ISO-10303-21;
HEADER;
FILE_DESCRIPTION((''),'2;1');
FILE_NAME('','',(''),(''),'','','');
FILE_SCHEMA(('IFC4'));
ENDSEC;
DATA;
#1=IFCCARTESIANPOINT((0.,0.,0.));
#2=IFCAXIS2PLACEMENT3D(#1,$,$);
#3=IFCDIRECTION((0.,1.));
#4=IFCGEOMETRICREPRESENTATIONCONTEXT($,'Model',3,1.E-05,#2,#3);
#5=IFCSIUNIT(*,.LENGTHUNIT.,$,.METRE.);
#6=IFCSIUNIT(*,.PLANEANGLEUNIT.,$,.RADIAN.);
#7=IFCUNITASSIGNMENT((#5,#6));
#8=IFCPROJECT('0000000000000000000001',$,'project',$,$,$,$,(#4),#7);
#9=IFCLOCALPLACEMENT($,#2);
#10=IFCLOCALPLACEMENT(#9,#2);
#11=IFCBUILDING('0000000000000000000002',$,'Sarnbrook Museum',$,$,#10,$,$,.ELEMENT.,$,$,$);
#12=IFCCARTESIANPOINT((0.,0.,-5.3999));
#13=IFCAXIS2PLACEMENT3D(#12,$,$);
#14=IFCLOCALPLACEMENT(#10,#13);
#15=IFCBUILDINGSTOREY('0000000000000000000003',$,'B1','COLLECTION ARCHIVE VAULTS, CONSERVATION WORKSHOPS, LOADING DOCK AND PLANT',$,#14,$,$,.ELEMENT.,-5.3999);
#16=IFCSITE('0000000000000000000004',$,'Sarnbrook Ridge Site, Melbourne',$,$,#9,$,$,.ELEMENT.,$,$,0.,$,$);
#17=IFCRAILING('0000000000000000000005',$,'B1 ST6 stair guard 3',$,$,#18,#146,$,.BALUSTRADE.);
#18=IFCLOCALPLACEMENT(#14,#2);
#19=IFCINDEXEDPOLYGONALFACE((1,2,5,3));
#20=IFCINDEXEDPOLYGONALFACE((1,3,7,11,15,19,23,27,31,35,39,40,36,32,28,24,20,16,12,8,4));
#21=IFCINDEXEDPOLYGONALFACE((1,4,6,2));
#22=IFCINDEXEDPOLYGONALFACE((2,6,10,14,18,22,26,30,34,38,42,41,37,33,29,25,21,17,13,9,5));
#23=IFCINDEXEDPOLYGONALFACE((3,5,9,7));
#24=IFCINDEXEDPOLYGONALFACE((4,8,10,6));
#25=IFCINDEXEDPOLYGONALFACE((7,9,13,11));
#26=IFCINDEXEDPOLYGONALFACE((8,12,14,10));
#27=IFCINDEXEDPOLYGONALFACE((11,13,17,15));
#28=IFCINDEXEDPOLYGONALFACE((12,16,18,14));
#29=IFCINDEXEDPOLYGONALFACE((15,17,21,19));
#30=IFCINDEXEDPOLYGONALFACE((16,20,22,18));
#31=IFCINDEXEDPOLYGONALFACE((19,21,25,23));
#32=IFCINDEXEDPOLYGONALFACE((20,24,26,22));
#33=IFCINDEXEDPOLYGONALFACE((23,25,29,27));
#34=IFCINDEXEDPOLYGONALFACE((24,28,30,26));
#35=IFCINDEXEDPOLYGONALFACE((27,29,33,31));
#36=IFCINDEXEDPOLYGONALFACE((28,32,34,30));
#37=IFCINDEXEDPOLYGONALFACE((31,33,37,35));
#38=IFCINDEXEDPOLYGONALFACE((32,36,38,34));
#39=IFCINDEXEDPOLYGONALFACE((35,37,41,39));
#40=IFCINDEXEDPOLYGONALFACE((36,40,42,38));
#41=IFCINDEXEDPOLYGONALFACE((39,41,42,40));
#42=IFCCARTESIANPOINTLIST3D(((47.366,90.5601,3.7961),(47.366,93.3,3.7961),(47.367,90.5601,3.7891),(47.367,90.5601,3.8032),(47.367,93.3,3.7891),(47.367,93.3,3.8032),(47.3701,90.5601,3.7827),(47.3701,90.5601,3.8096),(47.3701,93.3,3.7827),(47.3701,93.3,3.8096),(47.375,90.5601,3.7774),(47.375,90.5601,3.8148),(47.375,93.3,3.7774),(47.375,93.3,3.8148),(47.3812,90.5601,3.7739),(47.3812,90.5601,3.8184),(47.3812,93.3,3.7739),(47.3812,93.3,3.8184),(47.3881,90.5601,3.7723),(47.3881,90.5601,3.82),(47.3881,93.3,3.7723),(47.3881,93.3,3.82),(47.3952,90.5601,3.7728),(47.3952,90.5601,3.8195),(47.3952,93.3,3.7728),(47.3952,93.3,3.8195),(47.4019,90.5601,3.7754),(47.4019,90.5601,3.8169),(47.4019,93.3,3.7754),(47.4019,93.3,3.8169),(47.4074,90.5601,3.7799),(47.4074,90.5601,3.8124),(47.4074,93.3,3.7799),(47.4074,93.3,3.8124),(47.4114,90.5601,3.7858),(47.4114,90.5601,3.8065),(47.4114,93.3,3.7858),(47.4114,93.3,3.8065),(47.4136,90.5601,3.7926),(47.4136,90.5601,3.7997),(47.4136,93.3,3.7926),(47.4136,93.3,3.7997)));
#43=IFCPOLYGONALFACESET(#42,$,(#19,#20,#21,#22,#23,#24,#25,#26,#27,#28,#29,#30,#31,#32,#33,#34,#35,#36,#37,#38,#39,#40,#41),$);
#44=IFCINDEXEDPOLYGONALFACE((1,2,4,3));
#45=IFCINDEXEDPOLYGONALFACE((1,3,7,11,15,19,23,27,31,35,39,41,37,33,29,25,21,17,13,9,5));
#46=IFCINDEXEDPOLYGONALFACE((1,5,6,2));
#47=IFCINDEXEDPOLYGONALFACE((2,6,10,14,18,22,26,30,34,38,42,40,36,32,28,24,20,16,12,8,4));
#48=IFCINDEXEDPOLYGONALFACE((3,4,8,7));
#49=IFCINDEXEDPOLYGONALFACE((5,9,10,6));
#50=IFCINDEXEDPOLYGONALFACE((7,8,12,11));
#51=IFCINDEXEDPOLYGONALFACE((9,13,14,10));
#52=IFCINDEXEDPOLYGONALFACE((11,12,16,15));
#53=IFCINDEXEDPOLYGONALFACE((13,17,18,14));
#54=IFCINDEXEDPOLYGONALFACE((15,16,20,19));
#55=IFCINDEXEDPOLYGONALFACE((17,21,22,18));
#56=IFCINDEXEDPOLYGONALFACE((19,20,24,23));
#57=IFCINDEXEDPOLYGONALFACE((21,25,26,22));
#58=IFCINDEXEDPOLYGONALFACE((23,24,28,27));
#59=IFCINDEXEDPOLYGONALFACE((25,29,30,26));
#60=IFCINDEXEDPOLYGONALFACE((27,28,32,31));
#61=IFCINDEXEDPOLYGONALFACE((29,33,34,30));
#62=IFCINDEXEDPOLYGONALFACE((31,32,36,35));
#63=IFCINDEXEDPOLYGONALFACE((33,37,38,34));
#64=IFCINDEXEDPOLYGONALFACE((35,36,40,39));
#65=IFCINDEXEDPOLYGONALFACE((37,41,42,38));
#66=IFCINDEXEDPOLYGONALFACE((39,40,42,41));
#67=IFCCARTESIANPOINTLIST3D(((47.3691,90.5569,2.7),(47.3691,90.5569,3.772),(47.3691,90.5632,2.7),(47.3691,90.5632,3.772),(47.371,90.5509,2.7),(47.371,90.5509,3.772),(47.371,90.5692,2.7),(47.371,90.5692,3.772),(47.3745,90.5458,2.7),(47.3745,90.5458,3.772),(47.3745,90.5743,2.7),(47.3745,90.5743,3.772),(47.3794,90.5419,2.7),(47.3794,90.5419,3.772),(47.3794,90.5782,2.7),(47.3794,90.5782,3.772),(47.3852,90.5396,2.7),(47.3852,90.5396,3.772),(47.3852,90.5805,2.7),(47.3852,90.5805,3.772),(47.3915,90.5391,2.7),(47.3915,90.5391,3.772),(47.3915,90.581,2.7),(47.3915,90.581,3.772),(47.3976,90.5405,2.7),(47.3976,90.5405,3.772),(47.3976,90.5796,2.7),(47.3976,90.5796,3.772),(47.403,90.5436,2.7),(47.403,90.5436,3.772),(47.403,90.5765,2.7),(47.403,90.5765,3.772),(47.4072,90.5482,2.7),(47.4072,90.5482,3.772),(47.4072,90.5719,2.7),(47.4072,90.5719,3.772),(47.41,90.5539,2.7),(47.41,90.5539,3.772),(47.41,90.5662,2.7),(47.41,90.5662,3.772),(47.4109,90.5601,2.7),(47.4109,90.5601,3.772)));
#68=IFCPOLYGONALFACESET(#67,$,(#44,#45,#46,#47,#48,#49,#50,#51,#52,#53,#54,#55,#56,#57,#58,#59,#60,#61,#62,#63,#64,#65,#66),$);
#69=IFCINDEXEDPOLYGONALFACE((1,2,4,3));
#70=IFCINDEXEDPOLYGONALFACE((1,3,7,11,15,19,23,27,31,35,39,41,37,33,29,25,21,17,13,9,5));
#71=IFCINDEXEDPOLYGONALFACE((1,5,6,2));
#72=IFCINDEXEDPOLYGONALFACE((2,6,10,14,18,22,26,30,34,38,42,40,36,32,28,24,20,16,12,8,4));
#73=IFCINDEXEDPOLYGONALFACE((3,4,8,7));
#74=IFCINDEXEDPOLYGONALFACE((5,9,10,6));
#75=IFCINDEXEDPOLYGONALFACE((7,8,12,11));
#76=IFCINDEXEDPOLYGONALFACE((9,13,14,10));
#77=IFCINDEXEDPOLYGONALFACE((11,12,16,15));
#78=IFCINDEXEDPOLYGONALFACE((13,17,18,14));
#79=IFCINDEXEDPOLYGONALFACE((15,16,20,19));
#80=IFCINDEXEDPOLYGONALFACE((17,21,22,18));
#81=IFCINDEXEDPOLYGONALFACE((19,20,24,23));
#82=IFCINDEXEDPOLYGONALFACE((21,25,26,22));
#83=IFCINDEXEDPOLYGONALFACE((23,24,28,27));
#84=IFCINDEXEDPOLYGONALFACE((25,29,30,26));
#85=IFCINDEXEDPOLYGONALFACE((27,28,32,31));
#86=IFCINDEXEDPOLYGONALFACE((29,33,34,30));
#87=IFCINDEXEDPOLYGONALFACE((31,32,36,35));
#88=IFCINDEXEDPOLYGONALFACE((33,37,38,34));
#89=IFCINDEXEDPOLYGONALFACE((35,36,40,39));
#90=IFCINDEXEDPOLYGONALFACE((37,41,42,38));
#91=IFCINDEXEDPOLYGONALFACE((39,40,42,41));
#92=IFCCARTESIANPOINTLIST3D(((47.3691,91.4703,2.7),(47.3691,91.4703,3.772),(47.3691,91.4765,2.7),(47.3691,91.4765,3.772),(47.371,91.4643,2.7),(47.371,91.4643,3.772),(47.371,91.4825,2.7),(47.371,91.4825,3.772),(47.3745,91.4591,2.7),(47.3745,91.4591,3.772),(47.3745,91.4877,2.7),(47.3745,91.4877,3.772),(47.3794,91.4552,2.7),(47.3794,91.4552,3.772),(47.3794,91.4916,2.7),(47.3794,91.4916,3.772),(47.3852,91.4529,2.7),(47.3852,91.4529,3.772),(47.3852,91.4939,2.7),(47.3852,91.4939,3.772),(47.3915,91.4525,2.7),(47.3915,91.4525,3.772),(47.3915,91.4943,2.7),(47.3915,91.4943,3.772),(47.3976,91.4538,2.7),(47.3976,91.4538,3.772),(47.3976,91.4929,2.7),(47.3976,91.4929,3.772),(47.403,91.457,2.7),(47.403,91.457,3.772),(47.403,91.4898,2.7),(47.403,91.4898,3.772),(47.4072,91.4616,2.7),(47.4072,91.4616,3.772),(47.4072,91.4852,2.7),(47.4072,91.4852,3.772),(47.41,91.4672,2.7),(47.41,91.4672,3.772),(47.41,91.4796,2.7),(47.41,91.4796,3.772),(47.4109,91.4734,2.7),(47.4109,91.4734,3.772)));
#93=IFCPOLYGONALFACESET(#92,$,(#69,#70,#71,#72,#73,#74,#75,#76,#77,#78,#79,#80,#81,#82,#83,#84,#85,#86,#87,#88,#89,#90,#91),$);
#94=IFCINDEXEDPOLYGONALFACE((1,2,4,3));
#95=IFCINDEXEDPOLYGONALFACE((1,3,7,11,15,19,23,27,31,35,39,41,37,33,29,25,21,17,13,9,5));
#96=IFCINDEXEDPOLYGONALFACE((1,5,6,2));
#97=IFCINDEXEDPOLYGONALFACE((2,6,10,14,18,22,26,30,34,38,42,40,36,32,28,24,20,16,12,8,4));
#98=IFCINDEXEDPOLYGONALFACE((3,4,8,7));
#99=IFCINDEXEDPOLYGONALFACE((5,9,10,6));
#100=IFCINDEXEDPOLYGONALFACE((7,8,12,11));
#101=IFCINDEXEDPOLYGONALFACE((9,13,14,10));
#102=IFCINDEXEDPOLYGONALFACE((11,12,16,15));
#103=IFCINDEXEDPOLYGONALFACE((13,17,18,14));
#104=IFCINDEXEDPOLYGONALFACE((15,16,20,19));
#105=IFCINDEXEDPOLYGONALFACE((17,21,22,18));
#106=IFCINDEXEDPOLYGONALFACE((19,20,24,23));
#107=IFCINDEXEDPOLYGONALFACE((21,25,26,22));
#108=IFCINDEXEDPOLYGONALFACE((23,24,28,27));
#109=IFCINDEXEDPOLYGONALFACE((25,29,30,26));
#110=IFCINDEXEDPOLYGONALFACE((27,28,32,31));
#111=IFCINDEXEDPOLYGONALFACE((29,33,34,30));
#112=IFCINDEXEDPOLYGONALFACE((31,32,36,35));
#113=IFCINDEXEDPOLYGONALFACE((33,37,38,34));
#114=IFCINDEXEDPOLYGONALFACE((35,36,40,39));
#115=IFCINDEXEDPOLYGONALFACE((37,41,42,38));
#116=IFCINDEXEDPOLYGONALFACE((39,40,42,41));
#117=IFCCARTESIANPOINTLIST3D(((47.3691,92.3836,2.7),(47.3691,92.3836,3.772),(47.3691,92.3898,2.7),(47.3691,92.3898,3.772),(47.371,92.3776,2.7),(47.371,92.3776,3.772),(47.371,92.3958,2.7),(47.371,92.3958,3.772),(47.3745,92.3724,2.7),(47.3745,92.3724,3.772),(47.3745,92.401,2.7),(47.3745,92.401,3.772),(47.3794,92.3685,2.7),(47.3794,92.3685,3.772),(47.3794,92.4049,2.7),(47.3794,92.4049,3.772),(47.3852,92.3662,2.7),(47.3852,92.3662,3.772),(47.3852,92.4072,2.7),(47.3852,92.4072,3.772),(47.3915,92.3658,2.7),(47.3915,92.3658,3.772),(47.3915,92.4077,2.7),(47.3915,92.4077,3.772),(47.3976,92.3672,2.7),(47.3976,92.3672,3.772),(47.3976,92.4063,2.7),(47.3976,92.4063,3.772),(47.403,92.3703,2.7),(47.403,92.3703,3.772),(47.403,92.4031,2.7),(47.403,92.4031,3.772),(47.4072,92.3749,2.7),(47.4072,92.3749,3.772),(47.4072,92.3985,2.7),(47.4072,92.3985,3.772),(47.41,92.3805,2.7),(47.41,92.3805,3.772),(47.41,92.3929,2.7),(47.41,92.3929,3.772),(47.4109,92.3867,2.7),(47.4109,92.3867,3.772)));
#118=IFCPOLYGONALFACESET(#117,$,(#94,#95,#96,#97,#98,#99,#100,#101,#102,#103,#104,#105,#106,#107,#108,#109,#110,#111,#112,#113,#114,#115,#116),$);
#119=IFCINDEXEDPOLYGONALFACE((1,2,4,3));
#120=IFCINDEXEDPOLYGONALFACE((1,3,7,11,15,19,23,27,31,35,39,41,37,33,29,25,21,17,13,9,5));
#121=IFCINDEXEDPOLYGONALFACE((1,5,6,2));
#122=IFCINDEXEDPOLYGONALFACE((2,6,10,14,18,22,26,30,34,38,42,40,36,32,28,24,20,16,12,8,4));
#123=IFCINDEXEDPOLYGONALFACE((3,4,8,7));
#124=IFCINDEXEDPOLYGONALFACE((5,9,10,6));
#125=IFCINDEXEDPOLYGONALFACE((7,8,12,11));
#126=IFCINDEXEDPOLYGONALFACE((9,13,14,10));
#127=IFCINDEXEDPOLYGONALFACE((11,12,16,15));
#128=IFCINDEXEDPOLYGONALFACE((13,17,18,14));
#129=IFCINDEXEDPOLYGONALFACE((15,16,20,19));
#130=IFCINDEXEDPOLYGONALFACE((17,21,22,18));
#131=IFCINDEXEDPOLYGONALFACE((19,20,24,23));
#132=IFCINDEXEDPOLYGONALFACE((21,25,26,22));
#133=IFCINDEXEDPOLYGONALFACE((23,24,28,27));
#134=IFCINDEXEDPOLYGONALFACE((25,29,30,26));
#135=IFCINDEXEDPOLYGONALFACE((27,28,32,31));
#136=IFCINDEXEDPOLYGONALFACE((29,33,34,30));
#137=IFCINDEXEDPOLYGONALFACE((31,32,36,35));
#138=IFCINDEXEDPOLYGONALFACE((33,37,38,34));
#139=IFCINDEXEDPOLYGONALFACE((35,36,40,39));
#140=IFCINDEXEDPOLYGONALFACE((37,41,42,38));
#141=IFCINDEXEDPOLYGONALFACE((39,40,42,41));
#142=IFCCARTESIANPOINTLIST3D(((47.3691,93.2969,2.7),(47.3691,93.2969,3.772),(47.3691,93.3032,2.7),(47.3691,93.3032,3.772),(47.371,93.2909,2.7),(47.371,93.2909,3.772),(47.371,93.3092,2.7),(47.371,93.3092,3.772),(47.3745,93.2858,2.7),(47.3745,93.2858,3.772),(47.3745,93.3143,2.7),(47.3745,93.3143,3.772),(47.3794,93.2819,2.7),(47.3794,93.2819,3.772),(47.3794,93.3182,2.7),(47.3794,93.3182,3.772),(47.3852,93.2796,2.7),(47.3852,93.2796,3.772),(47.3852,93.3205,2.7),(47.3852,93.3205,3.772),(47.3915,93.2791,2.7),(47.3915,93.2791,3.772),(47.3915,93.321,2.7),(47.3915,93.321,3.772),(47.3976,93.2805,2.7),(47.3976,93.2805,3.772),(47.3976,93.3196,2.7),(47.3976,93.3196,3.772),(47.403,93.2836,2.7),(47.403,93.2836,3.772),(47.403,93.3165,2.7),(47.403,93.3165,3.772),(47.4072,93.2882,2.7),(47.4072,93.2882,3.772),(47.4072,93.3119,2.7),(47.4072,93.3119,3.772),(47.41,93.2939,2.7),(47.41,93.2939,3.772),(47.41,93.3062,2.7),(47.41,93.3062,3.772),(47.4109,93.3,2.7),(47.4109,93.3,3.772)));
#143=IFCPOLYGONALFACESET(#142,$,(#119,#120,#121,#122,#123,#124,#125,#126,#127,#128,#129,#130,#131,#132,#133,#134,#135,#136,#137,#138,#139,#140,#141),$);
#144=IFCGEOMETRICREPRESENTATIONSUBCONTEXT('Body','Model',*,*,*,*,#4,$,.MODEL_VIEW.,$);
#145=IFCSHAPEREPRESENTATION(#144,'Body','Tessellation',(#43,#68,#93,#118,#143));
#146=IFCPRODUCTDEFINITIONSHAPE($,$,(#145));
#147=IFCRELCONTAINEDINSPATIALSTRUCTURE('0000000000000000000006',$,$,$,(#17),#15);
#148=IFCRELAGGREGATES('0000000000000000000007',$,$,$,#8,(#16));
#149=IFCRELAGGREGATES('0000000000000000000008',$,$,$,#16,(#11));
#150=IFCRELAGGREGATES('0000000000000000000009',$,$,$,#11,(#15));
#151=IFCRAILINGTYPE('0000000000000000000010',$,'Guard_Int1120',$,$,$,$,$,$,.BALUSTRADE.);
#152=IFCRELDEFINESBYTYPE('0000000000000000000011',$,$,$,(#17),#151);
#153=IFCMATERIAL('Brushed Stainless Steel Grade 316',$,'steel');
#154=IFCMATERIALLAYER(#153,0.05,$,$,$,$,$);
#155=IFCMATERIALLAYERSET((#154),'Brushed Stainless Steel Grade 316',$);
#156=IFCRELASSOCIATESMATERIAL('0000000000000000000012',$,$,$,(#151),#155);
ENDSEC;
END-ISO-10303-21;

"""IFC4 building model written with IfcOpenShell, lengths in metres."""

from ifc_helpers import new_model, si_unit, direction, frame, origin, origin_2d, place, context, subcontext, project, spatial, circle, extrude, material, layer, layer_set, type_object, element, save


model = new_model("IFC4")

# Units and contexts
model_context = context("Model", 3, precision=1e-05, world=origin(), true_north=direction((0.0, 1.0)))
body_context = subcontext(model_context, "Body", "Model", "MODEL_VIEW")
ifc_project = project(units=[si_unit("LENGTHUNIT", "METRE"), si_unit("PLANEANGLEUNIT", "RADIAN")], contexts=[model_context])

# Site, building, storey
site_placement = place(None, origin())
site = spatial("IfcSite", under=ifc_project, at=site_placement, Name="Sarnbrook Ridge Site, Melbourne", CompositionType="ELEMENT", RefElevation=0.0)
building_placement = place(site_placement, origin())
building = spatial("IfcBuilding", under=site, at=building_placement, Name="Sarnbrook Museum", CompositionType="ELEMENT")
storey_placement = place(building_placement, frame((0.0, 0.0, -5.3999)))
storey = spatial("IfcBuildingStorey", under=building, at=storey_placement, Name="B1", Description="COLLECTION ARCHIVE VAULTS, CONSERVATION WORKSHOPS, LOADING DOCK AND PLANT", CompositionType="ELEMENT", Elevation=-5.3999)

# Railing
ifc_material_1 = material(Name="Brushed Stainless Steel Grade 316", Category="steel")
ifc_layer_1 = layer(ifc_material_1, 0.05)
ifc_layer_set_1 = layer_set([ifc_layer_1], Name="Brushed Stainless Steel Grade 316")
railing_type_1 = type_object("IfcRailingType", Name="Guard_Int1120", PredefinedType="BALUSTRADE", material=ifc_layer_set_1)
for number, where, name in (
    (1, (47.3899, 90.5601, 2.7), "B1 ST6 stair guard 3"),
):
    element("IfcRailing", number, at=place(storey_placement, frame(where)), inside=storey, type_object=railing_type_1, Name=name, PredefinedType="BALUSTRADE", context=body_context, shape_type="SweptSolid", body=[
        extrude(circle(Radius=0.0239, at=origin_2d()), frame((0.0, 0.0, 1.0962), z_axis=(0.0, 1.0, 0.0), x_axis=(-1.0, 0.0, 0.0)), (0.0, 0.0, 1.0), 2.74),
        extrude(circle(Radius=0.021, at=origin_2d()), origin(), (0.0, 0.0, 1.0), 1.072),
        extrude(circle(Radius=0.021, at=origin_2d()), frame((0.0, 0.9133, 0.0)), (0.0, 0.0, 1.0), 1.072),
        extrude(circle(Radius=0.021, at=origin_2d()), frame((0.0, 1.8267, 0.0)), (0.0, 0.0, 1.0), 1.072),
        extrude(circle(Radius=0.021, at=origin_2d()), frame((0.0, 2.74, 0.0)), (0.0, 0.0, 1.0), 1.072),
    ])

save(model, "model.ifc")
